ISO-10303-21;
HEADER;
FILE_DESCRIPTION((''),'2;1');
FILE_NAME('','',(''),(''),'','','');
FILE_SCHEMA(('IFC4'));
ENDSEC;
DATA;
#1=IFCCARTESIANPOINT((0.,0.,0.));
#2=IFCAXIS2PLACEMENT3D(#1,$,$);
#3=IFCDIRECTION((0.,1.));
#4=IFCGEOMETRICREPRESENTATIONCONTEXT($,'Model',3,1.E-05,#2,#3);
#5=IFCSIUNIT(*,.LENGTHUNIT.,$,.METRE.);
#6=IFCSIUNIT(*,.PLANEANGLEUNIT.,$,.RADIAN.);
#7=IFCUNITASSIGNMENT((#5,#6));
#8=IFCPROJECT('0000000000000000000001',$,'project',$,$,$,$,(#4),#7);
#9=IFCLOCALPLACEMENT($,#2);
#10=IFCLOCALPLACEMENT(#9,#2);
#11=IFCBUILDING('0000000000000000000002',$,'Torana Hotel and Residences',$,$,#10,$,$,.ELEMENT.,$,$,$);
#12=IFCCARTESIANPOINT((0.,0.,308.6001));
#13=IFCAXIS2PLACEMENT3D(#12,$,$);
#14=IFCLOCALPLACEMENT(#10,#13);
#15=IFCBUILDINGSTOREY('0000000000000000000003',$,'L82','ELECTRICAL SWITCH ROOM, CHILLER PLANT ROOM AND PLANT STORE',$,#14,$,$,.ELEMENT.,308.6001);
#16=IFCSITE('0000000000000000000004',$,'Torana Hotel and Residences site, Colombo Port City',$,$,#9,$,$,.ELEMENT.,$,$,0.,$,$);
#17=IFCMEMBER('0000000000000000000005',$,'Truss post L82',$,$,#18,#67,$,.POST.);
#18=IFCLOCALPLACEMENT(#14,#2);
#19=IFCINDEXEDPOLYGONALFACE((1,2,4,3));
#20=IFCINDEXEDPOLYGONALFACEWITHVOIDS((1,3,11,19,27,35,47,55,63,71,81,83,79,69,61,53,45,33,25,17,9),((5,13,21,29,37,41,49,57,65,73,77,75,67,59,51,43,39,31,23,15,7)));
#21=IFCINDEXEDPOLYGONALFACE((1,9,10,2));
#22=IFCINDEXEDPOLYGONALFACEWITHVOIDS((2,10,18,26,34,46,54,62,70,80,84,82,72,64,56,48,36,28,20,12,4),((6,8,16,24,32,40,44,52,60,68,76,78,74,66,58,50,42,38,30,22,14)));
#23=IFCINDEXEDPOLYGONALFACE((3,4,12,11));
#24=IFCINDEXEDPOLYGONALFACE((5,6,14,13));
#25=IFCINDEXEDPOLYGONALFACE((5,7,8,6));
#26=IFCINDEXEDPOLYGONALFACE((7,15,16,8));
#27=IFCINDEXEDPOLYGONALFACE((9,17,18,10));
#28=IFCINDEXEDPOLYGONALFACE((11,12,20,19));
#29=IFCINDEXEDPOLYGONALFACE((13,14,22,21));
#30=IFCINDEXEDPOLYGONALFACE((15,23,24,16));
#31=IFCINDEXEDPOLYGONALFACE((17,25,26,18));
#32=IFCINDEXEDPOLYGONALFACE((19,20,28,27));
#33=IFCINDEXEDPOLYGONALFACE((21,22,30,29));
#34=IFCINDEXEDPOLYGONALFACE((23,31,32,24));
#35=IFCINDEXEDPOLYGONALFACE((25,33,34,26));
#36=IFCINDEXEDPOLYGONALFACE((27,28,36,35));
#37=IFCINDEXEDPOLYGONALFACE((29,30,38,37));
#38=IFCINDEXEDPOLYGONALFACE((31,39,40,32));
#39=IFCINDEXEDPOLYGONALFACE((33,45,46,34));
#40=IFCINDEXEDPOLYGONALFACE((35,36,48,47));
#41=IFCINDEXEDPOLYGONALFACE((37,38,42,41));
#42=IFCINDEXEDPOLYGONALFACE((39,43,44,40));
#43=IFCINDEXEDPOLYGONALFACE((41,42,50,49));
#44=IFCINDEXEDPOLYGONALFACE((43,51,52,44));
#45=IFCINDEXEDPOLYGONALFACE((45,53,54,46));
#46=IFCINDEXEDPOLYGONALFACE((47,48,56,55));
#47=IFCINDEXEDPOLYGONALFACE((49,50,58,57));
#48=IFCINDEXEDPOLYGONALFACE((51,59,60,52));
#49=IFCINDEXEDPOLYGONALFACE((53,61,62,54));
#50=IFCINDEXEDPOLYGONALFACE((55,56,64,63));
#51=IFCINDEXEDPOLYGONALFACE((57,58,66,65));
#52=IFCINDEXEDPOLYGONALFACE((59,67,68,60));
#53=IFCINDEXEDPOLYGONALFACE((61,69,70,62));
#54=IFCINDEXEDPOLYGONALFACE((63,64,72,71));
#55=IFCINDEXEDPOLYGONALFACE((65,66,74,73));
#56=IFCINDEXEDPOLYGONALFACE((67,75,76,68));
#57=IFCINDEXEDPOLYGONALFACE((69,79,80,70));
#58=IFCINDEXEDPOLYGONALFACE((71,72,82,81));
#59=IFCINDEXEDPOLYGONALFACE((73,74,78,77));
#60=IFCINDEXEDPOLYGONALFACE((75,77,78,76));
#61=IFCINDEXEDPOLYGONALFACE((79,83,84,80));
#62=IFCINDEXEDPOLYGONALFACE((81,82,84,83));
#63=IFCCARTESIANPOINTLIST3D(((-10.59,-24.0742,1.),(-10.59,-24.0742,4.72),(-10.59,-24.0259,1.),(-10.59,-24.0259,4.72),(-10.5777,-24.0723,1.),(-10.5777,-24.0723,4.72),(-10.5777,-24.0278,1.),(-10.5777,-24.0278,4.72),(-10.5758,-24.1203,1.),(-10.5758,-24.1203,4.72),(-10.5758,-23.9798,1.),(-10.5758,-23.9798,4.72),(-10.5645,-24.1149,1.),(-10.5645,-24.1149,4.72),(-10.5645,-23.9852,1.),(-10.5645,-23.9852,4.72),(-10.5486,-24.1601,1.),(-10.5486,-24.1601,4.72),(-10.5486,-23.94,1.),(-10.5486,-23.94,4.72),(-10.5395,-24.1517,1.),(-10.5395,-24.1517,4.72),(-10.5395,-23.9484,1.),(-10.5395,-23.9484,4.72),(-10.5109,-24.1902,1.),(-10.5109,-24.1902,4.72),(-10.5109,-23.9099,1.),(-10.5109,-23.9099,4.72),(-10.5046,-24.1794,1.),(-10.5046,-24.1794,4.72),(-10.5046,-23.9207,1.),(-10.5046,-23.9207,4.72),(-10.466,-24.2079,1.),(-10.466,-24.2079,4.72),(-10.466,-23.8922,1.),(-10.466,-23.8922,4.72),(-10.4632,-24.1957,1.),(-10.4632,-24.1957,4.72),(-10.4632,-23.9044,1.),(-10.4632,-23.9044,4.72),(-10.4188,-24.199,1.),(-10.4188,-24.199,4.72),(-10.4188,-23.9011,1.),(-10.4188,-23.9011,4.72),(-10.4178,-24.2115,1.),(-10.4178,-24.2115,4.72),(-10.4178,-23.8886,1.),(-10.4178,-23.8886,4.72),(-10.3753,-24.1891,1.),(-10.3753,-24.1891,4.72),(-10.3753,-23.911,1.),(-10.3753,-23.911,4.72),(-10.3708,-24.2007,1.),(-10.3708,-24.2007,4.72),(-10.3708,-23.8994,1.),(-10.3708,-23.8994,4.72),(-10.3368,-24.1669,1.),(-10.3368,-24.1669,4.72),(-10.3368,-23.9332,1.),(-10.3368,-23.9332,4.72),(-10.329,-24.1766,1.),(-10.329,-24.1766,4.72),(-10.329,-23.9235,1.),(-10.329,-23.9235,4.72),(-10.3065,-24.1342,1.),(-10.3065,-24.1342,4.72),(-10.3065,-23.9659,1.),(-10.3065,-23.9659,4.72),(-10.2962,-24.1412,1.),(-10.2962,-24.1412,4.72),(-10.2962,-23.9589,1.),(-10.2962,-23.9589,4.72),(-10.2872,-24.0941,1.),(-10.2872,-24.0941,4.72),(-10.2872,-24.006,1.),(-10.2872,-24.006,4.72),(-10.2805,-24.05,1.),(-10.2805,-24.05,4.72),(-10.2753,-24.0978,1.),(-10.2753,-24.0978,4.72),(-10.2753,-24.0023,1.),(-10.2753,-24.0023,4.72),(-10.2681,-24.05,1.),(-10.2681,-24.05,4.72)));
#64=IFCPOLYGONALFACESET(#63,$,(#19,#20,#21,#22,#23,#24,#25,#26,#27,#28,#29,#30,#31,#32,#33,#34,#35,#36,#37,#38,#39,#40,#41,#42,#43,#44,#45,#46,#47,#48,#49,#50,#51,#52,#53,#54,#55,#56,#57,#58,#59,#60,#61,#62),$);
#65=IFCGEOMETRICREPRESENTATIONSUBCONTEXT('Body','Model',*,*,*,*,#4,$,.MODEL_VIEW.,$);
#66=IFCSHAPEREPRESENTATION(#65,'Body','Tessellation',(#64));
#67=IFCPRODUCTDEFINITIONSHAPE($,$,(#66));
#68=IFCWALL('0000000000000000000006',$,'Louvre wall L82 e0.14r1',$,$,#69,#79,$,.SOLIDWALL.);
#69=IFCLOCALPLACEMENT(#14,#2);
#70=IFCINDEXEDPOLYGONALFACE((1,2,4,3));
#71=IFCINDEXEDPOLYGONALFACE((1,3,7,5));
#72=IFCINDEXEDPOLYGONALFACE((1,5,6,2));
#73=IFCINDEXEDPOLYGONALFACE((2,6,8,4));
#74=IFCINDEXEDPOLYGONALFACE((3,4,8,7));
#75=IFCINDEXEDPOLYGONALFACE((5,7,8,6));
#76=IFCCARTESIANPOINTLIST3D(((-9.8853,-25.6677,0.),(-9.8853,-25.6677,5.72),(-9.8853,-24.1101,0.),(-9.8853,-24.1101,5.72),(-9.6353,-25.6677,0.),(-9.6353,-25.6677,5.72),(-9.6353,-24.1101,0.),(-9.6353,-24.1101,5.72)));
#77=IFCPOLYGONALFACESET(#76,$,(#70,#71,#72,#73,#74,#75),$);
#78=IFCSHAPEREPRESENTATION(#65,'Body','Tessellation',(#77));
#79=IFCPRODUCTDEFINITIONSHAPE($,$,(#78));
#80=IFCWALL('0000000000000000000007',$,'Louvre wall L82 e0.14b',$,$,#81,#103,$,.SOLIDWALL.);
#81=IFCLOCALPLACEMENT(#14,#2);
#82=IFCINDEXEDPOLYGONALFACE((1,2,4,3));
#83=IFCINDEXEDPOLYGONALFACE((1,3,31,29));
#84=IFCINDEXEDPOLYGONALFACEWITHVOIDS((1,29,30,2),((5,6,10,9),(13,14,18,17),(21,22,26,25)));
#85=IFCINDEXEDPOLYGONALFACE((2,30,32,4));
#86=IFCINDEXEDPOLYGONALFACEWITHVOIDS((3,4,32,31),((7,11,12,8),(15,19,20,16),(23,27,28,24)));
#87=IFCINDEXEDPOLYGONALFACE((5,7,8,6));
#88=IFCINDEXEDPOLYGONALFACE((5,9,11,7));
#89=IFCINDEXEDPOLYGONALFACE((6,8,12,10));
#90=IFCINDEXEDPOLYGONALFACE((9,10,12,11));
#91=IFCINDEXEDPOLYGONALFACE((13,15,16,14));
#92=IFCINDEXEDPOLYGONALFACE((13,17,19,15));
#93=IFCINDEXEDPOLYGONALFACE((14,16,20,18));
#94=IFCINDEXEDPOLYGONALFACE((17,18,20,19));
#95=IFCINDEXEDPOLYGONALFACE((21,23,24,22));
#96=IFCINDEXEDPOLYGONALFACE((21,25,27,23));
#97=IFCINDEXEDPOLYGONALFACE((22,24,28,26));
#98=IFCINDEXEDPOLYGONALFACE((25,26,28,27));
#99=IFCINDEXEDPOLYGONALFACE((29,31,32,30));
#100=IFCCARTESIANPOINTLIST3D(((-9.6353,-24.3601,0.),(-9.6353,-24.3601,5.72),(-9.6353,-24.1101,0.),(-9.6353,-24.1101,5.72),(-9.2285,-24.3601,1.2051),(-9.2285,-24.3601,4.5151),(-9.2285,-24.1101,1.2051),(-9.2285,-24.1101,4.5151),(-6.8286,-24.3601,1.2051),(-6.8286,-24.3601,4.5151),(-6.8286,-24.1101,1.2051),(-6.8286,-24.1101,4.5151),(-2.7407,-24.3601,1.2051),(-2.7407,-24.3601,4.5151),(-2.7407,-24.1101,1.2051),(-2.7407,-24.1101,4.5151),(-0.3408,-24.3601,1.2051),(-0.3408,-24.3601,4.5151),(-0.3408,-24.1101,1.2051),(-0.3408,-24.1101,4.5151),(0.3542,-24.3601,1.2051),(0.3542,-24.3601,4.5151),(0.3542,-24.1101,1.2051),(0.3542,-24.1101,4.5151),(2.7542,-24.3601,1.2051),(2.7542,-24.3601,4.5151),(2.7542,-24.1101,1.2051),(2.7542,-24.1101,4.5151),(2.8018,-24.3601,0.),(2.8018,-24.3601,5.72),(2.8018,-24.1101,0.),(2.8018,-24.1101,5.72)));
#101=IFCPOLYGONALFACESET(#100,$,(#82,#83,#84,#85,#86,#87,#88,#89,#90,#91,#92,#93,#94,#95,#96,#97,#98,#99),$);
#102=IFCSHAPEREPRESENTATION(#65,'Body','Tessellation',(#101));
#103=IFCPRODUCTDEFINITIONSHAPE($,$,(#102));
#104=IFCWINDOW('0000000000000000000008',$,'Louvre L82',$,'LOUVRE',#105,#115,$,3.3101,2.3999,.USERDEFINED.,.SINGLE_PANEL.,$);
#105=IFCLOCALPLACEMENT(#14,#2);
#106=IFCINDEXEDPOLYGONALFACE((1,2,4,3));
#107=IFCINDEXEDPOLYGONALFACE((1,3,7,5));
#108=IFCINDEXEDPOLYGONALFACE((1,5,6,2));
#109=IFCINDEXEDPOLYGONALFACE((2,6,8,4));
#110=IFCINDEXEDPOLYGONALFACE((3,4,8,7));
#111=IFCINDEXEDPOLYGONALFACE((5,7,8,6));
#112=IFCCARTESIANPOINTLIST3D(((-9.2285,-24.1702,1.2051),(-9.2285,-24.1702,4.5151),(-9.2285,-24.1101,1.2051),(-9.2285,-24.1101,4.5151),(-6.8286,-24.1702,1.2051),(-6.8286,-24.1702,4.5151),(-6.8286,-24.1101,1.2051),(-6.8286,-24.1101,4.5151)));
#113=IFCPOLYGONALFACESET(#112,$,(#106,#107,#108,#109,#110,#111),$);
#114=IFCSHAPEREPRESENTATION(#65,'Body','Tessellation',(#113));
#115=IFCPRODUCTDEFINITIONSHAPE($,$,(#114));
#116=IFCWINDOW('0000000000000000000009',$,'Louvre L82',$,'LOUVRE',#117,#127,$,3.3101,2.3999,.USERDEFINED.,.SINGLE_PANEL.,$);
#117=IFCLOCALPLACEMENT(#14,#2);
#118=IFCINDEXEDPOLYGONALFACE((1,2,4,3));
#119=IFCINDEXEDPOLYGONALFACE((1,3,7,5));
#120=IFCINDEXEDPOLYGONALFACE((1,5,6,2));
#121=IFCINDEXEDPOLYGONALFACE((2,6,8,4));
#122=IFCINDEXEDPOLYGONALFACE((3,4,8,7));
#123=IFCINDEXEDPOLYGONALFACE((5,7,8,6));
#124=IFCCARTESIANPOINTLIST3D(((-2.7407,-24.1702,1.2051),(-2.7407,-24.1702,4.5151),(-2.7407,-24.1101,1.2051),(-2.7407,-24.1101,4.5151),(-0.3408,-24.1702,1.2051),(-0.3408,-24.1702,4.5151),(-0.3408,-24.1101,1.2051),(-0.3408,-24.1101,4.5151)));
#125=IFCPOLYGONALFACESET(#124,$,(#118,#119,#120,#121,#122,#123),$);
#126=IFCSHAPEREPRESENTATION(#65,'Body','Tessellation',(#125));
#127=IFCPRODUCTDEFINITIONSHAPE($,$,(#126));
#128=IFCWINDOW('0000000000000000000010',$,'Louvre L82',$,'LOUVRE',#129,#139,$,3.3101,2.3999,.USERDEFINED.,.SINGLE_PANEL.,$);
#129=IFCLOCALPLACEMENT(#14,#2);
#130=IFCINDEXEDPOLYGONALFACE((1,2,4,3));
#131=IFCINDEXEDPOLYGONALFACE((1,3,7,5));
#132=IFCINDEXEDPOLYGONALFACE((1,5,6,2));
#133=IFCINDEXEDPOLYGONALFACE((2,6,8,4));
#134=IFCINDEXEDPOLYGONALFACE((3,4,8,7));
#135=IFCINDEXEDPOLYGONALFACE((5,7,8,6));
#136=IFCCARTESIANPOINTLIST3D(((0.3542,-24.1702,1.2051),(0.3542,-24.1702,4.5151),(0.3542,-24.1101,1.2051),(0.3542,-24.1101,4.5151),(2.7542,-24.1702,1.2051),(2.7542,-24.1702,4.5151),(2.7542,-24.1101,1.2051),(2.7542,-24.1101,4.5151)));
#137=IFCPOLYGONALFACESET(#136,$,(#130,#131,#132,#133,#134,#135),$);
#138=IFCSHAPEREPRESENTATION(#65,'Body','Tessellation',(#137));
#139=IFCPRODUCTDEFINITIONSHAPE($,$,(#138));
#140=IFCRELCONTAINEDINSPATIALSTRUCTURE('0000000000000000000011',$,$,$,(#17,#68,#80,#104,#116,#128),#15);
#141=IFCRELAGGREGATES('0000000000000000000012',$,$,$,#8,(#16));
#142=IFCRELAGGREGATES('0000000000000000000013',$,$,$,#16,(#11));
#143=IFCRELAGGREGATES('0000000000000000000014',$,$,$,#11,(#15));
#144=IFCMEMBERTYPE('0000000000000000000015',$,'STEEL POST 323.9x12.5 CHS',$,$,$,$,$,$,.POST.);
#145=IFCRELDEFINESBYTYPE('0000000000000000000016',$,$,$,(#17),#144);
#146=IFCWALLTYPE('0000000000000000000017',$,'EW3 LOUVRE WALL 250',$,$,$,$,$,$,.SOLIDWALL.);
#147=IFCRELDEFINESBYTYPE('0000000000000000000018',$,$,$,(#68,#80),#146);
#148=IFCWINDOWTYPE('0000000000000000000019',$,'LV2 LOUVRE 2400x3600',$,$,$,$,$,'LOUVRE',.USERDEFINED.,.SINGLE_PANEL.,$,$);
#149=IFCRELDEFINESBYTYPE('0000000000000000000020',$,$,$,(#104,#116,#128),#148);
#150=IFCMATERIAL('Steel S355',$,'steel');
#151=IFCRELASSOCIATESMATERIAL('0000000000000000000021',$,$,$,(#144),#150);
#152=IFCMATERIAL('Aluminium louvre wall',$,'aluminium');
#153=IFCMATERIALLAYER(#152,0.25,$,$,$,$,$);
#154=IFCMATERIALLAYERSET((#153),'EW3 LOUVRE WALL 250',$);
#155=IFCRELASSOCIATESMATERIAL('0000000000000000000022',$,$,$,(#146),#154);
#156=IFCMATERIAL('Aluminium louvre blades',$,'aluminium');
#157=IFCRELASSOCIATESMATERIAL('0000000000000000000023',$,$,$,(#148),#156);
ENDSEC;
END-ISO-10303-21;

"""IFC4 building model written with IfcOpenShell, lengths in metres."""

from ifc_helpers import new_model, si_unit, direction, frame, frame_2d, origin, origin_2d, place, context, subcontext, project, spatial, rectangle, hollow_circle, extrude, material, layer, layer_set, material_profile, profile_set, type_object, element, fill, save


model = new_model("IFC4")

# Units and contexts
model_context = context("Model", 3, precision=1e-05, world=origin(), true_north=direction((0.0, 1.0)))
body_context = subcontext(model_context, "Body", "Model", "MODEL_VIEW")
ifc_project = project(units=[si_unit("LENGTHUNIT", "METRE"), si_unit("PLANEANGLEUNIT", "RADIAN")], contexts=[model_context])

# Site, building, storey
site_placement = place(None, origin())
site = spatial("IfcSite", under=ifc_project, at=site_placement, Name="Torana Hotel and Residences site, Colombo Port City", CompositionType="ELEMENT", RefElevation=0.0)
building_placement = place(site_placement, origin())
building = spatial("IfcBuilding", under=site, at=building_placement, Name="Torana Hotel and Residences", CompositionType="ELEMENT")
storey_placement = place(building_placement, frame((0.0, 0.0, 308.6001)))
storey = spatial("IfcBuildingStorey", under=building, at=storey_placement, Name="L82", Description="ELECTRICAL SWITCH ROOM, CHILLER PLANT ROOM AND PLANT STORE", CompositionType="ELEMENT", Elevation=308.6001)

# Member
ifc_material_1 = material(Name="Steel S355", Category="steel")
ifc_material_profile_1 = material_profile(ifc_material_1, hollow_circle(Radius=0.1619, WallThickness=0.0125, at=origin_2d()), Name="323.9x12.5 CHS")
ifc_profile_set_1 = profile_set([ifc_material_profile_1], Name="Steel S355")
member_type_1 = type_object("IfcMemberType", Name="STEEL POST 323.9x12.5 CHS", PredefinedType="POST", material=ifc_profile_set_1)
for number, where, z_axis, x_axis, name in (
    (1, (-10.4299, -24.05, 1.0), (0.0, 0.0, 1.0), (1.0, 0.0, 0.0), "Truss post L82"),
):
    element("IfcMember", number, at=place(storey_placement, frame(where, z_axis=z_axis, x_axis=x_axis)), inside=storey, type_object=member_type_1, Name=name, PredefinedType="POST", context=body_context, shape_type="SweptSolid", body=[
        extrude(hollow_circle(Radius=0.1619, WallThickness=0.0125, at=origin_2d()), origin(), (0.0, 0.0, 1.0), 3.72),
    ])

# Wall
ifc_material_2 = material(Name="Aluminium louvre wall", Category="aluminium")
ifc_layer = layer(ifc_material_2, 0.25)
ifc_layer_set = layer_set([ifc_layer], Name="EW3 LOUVRE WALL 250")
wall_type = type_object("IfcWallType", Name="EW3 LOUVRE WALL 250", PredefinedType="SOLIDWALL", material=ifc_layer_set)
wall_1_placement = place(storey_placement, frame((-9.7603, -25.6677, 0.0), z_axis=(0.0, 0.0, 1.0), x_axis=(0.0, 1.0, 0.0)))
element("IfcWall", 2, at=wall_1_placement, inside=storey, type_object=wall_type, Name="Louvre wall L82 e0.14r1", PredefinedType="SOLIDWALL", context=body_context, shape_type="SweptSolid", body=[
    extrude(rectangle(XDim=1.5576, YDim=0.25, at=frame_2d((0.7788, 0.0))), origin(), (0.0, 0.0, 1.0), 5.72),
])

# Wall, openings, windows
wall_2_placement = place(storey_placement, frame((-9.6353, -24.2351, 0.0), z_axis=(0.0, 0.0, 1.0), x_axis=(1.0, 0.0, 0.0)))
wall_2 = element("IfcWall", 3, at=wall_2_placement, inside=storey, type_object=wall_type, Name="Louvre wall L82 e0.14b", PredefinedType="SOLIDWALL", context=body_context, shape_type="SweptSolid", body=[
    extrude(rectangle(XDim=12.437, YDim=0.25, at=frame_2d((6.2185, 0.0))), origin(), (0.0, 0.0, 1.0), 5.72),
])
opening_1_placement = place(wall_2_placement, frame((0.4067, 0.0, 1.2051)))
opening_1 = element("IfcOpeningElement", 4, at=opening_1_placement, cuts=wall_2, PredefinedType="OPENING", context=body_context, shape_type="SweptSolid", body=[
    extrude(rectangle(XDim=2.3999, YDim=3.3101, at=frame_2d((1.2, 1.655))), frame((0.0, 0.135, 0.0), z_axis=(0.0, -1.0, 0.0), x_axis=(1.0, 0.0, 0.0)), (0.0, 0.0, 1.0), 0.27),
])
opening_2_placement = place(wall_2_placement, frame((6.8945, 0.0, 1.2051)))
opening_2 = element("IfcOpeningElement", 5, at=opening_2_placement, cuts=wall_2, PredefinedType="OPENING", context=body_context, shape_type="SweptSolid", body=[
    extrude(rectangle(XDim=2.3999, YDim=3.3101, at=frame_2d((1.2, 1.655))), frame((0.0, 0.135, 0.0), z_axis=(0.0, -1.0, 0.0), x_axis=(1.0, 0.0, 0.0)), (0.0, 0.0, 1.0), 0.27),
])
opening_3_placement = place(wall_2_placement, frame((9.9895, 0.0, 1.2051)))
opening_3 = element("IfcOpeningElement", 6, at=opening_3_placement, cuts=wall_2, PredefinedType="OPENING", context=body_context, shape_type="SweptSolid", body=[
    extrude(rectangle(XDim=2.3999, YDim=3.3101, at=frame_2d((1.2, 1.655))), frame((0.0, 0.135, 0.0), z_axis=(0.0, -1.0, 0.0), x_axis=(1.0, 0.0, 0.0)), (0.0, 0.0, 1.0), 0.27),
])
ifc_material_3 = material(Name="Aluminium louvre blades", Category="aluminium")
window_type = type_object("IfcWindowType", Name="LV2 LOUVRE 2400x3600", ElementType="LOUVRE", PartitioningType="SINGLE_PANEL", PredefinedType="USERDEFINED", material=ifc_material_3)
window_1_placement = place(opening_1_placement, origin())
window_1 = element("IfcWindow", 7, at=window_1_placement, inside=storey, type_object=window_type, Name="Louvre L82", ObjectType="LOUVRE", OverallHeight=3.3101, OverallWidth=2.3999, PartitioningType="SINGLE_PANEL", PredefinedType="USERDEFINED", context=body_context, shape_type="SweptSolid", body=[
    extrude(rectangle(XDim=2.3999, YDim=3.3101, at=frame_2d((1.2, 1.655))), frame((0.0, 0.125, 0.0), z_axis=(0.0, -1.0, 0.0), x_axis=(1.0, 0.0, 0.0)), (0.0, 0.0, 1.0), 0.0601),
])
fill(opening_1, window_1)
window_2_placement = place(opening_2_placement, origin())
window_2 = element("IfcWindow", 8, at=window_2_placement, inside=storey, type_object=window_type, Name="Louvre L82", ObjectType="LOUVRE", OverallHeight=3.3101, OverallWidth=2.3999, PartitioningType="SINGLE_PANEL", PredefinedType="USERDEFINED", context=body_context, shape_type="SweptSolid", body=[
    extrude(rectangle(XDim=2.3999, YDim=3.3101, at=frame_2d((1.2, 1.655))), frame((0.0, 0.125, 0.0), z_axis=(0.0, -1.0, 0.0), x_axis=(1.0, 0.0, 0.0)), (0.0, 0.0, 1.0), 0.0601),
])
fill(opening_2, window_2)
window_3_placement = place(opening_3_placement, origin())
window_3 = element("IfcWindow", 9, at=window_3_placement, inside=storey, type_object=window_type, Name="Louvre L82", ObjectType="LOUVRE", OverallHeight=3.3101, OverallWidth=2.3999, PartitioningType="SINGLE_PANEL", PredefinedType="USERDEFINED", context=body_context, shape_type="SweptSolid", body=[
    extrude(rectangle(XDim=2.3999, YDim=3.3101, at=frame_2d((1.2, 1.655))), frame((0.0, 0.125, 0.0), z_axis=(0.0, -1.0, 0.0), x_axis=(1.0, 0.0, 0.0)), (0.0, 0.0, 1.0), 0.0601),
])
fill(opening_3, window_3)

save(model, "model.ifc")
